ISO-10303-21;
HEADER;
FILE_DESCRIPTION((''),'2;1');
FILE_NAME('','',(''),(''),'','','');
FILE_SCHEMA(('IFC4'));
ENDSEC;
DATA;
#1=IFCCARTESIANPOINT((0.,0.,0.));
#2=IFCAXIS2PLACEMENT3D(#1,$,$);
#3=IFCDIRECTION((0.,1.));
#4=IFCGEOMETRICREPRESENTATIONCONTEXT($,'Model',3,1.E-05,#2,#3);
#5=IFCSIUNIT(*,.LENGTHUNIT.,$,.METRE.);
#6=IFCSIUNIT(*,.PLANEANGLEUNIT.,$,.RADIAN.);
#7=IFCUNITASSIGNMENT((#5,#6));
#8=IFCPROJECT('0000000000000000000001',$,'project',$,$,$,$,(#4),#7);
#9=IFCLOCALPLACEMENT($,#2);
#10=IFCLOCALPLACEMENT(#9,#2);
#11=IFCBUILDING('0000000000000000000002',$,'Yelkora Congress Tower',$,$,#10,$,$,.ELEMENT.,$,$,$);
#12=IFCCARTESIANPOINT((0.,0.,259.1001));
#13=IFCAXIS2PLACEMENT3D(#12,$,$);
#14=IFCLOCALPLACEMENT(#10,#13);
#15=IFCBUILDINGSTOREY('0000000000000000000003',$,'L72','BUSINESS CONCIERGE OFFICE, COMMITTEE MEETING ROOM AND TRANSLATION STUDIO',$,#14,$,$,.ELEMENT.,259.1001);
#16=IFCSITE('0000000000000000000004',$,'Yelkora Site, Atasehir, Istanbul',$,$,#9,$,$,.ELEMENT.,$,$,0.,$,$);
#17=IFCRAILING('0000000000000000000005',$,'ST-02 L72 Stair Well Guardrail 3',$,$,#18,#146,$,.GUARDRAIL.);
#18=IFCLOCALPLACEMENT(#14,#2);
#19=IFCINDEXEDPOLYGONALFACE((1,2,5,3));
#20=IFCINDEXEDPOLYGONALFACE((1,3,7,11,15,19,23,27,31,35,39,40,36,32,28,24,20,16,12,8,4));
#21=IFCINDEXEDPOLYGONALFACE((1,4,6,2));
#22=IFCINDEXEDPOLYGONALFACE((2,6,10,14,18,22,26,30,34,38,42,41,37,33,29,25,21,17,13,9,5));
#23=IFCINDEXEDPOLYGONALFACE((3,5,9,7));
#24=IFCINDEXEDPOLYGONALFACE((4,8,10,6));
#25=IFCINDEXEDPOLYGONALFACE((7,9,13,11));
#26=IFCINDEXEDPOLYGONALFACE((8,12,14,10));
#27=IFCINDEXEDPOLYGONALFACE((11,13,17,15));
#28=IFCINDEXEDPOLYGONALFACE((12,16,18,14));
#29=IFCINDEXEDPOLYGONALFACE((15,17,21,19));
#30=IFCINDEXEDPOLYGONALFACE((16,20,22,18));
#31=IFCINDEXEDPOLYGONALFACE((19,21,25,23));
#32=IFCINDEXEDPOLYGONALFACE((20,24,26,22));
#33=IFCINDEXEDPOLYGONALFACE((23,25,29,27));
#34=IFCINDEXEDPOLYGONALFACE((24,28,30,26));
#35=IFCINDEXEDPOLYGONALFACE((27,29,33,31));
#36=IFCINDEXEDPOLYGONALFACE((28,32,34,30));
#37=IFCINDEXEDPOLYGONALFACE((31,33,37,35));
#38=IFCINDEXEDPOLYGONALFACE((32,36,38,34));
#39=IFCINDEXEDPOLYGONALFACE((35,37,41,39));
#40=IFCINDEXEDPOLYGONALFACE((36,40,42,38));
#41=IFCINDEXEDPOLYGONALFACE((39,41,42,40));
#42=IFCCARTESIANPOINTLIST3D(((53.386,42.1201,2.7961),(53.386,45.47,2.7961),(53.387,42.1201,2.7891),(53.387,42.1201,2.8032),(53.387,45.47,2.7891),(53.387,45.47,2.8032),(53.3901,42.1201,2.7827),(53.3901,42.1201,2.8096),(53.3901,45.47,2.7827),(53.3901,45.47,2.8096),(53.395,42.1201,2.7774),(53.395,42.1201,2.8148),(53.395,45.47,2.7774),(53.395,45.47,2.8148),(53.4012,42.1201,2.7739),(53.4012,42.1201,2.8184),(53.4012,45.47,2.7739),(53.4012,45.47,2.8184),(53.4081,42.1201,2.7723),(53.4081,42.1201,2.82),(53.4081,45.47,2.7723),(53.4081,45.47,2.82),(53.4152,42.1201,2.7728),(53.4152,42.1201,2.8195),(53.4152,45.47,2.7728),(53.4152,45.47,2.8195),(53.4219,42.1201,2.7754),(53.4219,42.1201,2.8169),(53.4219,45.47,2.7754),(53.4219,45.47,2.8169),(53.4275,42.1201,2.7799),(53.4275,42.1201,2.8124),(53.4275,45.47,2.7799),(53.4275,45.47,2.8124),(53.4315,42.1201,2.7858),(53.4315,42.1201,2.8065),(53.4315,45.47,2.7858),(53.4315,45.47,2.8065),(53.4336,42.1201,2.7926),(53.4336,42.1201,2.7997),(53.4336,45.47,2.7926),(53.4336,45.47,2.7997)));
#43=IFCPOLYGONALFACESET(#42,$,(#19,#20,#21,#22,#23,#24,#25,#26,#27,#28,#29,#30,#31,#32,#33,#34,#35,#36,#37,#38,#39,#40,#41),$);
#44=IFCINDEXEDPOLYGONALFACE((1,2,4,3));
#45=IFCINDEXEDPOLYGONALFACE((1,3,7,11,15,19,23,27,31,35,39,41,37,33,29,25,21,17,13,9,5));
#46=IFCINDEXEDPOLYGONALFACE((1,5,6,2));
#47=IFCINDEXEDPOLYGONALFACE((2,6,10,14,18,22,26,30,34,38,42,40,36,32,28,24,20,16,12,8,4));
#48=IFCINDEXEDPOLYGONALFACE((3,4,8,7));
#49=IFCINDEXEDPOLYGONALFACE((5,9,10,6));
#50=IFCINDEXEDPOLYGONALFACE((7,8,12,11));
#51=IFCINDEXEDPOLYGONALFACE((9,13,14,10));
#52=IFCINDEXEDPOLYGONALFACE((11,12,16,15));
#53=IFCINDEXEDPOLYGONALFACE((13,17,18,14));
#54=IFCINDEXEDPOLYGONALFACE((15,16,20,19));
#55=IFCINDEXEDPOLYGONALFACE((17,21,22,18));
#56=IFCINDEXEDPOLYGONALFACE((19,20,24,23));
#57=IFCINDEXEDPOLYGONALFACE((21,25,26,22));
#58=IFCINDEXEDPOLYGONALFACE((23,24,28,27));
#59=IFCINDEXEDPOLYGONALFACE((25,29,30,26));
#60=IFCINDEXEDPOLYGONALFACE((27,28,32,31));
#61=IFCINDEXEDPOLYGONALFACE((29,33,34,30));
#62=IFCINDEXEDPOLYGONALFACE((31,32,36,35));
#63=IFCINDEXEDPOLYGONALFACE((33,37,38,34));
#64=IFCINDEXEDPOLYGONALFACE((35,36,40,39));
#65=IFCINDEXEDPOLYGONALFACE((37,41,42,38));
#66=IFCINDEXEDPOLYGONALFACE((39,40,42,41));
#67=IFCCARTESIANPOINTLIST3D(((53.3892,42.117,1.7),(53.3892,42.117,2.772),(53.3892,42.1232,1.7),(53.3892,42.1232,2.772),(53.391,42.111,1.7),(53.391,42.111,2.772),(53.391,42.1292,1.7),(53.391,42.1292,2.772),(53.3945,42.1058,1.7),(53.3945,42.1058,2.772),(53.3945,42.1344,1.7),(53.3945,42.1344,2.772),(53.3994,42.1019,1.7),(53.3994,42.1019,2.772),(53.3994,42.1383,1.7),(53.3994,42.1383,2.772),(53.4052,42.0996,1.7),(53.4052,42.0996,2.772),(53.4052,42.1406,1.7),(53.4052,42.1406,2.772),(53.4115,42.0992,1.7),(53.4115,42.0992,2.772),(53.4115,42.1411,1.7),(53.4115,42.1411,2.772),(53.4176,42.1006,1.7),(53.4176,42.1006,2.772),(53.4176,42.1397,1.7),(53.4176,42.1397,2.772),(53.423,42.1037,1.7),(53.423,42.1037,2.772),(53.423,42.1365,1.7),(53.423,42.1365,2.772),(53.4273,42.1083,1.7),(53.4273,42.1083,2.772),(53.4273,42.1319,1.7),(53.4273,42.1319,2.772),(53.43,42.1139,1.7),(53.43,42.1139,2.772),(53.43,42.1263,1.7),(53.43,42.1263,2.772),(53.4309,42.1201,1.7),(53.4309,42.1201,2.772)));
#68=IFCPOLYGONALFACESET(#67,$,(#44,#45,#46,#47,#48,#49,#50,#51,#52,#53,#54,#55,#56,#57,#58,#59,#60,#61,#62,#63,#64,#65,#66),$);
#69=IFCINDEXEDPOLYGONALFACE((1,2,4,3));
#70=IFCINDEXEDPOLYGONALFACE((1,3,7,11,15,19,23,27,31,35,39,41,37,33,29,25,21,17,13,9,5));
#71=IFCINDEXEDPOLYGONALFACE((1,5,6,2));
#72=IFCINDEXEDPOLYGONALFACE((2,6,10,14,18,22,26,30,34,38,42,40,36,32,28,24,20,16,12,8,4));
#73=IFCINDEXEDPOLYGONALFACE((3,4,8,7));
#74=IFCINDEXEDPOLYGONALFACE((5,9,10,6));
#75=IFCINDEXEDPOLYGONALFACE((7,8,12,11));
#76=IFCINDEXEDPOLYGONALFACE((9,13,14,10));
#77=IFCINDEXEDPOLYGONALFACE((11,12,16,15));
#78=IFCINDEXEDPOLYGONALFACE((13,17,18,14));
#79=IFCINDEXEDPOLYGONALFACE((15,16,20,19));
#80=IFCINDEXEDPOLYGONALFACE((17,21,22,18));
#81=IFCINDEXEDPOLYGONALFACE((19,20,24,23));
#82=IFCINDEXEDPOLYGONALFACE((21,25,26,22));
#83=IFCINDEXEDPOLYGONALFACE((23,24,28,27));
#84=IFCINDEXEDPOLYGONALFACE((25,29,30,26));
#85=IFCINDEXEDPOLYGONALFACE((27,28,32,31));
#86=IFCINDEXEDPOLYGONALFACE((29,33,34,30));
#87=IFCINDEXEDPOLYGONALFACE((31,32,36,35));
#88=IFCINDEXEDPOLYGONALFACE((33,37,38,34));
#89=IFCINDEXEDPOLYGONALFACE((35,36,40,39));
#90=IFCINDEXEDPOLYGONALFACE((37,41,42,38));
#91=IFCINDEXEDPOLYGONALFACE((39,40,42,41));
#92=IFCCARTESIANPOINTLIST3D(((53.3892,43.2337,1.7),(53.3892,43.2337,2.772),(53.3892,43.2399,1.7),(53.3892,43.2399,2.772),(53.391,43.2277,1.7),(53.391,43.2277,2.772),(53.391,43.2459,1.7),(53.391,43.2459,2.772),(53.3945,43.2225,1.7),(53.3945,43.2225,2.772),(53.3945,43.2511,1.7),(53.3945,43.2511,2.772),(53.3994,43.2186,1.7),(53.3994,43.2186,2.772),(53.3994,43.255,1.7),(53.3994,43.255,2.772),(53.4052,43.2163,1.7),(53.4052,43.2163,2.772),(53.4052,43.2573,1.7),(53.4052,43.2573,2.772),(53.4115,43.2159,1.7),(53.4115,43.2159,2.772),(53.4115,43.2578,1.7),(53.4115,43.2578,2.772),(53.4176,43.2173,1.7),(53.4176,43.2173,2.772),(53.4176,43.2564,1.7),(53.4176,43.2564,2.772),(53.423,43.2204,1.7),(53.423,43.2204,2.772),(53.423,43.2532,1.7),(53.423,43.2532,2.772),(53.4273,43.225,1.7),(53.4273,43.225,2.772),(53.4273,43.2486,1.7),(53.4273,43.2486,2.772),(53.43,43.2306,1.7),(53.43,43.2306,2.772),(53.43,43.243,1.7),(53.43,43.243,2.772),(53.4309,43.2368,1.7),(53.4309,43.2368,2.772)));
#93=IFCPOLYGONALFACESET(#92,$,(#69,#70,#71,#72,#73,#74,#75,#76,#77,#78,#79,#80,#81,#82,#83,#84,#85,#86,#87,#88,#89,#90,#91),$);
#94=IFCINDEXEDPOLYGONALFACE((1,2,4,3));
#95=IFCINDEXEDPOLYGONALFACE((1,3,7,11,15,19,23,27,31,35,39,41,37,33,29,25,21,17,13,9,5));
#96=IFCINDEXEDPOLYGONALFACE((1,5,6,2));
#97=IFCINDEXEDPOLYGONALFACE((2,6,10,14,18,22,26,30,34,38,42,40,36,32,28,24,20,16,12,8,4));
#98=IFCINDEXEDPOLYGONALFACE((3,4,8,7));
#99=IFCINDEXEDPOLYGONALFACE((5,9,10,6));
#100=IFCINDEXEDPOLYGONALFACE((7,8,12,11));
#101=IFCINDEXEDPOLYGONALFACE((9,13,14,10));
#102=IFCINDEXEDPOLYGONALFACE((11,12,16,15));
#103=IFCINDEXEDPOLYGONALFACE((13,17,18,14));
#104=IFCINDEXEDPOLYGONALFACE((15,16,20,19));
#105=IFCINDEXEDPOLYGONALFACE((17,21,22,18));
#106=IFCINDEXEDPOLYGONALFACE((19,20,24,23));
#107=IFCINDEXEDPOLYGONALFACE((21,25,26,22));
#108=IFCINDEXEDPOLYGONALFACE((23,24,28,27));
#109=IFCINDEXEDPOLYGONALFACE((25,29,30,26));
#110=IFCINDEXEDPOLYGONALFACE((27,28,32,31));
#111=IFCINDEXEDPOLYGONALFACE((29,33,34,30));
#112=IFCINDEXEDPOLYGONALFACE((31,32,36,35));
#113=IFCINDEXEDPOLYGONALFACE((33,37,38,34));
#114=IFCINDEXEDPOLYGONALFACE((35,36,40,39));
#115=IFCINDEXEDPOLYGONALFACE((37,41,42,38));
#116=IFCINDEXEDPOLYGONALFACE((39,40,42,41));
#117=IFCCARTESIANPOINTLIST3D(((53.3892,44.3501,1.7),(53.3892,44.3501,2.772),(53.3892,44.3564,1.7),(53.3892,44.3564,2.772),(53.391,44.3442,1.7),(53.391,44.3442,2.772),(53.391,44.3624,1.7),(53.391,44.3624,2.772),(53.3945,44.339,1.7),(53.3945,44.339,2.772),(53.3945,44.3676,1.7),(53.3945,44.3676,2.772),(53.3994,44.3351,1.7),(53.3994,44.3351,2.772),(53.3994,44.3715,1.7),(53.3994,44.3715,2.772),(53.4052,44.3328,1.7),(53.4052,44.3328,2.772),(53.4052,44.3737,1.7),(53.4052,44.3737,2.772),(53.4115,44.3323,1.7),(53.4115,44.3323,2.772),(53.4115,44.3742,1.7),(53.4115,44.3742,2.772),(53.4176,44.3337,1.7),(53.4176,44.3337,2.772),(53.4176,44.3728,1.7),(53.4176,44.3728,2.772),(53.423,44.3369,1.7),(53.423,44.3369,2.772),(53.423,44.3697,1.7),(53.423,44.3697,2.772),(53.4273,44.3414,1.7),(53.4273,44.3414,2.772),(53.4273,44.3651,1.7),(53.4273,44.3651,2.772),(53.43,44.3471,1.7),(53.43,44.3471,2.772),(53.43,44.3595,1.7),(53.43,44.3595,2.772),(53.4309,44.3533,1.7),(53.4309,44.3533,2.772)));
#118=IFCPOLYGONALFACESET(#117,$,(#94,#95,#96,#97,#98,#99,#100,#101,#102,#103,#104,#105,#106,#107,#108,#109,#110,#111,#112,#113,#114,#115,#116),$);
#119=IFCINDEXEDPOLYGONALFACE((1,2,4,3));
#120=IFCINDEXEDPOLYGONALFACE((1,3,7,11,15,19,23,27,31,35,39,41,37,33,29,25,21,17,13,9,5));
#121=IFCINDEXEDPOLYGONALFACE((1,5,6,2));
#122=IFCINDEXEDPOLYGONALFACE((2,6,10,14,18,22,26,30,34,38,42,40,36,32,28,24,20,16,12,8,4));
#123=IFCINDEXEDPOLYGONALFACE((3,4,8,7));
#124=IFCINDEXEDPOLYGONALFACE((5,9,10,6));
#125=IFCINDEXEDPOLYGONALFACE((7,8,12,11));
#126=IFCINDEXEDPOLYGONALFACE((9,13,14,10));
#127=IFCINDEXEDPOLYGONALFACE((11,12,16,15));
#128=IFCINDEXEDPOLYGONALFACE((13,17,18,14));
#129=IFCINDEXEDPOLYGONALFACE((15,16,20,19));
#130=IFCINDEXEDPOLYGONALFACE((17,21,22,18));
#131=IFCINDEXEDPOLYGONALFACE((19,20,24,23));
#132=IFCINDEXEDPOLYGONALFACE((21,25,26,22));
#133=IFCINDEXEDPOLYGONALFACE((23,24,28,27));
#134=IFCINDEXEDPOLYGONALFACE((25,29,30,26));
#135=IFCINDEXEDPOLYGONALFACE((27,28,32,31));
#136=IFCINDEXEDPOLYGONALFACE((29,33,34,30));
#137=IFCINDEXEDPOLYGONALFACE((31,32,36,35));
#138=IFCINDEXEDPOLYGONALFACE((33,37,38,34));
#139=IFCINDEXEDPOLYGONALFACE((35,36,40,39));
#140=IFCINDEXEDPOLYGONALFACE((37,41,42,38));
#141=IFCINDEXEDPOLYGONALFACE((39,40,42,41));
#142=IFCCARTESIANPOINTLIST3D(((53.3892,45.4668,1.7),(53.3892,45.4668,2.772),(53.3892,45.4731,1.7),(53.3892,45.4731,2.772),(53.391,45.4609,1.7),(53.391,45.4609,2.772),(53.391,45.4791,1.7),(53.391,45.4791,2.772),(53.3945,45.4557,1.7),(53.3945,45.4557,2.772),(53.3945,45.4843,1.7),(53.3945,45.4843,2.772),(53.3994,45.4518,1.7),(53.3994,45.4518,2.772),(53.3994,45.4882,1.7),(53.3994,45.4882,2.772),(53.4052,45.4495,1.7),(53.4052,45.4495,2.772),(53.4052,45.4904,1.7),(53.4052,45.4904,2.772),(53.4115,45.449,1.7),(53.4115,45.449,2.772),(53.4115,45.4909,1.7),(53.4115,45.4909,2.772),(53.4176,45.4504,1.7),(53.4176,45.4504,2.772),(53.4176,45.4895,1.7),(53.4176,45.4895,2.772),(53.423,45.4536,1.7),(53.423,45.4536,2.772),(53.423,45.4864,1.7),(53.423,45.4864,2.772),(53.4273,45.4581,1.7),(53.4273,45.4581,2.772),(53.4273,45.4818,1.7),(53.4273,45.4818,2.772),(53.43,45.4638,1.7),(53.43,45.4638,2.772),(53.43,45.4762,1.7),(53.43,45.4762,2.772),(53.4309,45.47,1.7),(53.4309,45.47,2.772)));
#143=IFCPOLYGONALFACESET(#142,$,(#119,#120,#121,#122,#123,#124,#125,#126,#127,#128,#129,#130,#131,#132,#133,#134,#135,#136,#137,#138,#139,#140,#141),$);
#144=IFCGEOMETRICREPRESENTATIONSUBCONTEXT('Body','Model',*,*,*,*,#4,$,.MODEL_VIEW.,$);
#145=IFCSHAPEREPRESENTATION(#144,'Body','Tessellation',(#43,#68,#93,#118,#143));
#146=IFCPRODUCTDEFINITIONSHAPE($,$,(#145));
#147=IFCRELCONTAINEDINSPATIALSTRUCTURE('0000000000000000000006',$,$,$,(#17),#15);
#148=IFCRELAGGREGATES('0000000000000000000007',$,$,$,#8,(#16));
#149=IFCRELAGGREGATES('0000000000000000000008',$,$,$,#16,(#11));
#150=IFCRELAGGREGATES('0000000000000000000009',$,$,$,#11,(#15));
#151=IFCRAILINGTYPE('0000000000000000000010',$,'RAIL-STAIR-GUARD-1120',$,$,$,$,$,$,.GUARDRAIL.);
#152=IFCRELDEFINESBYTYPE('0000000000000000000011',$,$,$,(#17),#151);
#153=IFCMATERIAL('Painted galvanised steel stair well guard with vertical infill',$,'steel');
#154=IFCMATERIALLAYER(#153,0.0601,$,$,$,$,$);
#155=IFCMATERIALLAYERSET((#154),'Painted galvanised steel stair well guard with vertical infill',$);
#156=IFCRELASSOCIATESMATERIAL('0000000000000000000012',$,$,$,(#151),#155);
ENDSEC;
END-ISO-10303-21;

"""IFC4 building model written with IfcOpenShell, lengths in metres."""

from ifc_helpers import new_model, si_unit, direction, frame, origin, origin_2d, place, context, subcontext, project, spatial, circle, extrude, material, layer, layer_set, type_object, element, save


model = new_model("IFC4")

# Units and contexts
model_context = context("Model", 3, precision=1e-05, world=origin(), true_north=direction((0.0, 1.0)))
body_context = subcontext(model_context, "Body", "Model", "MODEL_VIEW")
ifc_project = project(units=[si_unit("LENGTHUNIT", "METRE"), si_unit("PLANEANGLEUNIT", "RADIAN")], contexts=[model_context])

# Site, building, storey
site_placement = place(None, origin())
site = spatial("IfcSite", under=ifc_project, at=site_placement, Name="Yelkora Site, Atasehir, Istanbul", CompositionType="ELEMENT", RefElevation=0.0)
building_placement = place(site_placement, origin())
building = spatial("IfcBuilding", under=site, at=building_placement, Name="Yelkora Congress Tower", CompositionType="ELEMENT")
storey_placement = place(building_placement, frame((0.0, 0.0, 259.1001)))
storey = spatial("IfcBuildingStorey", under=building, at=storey_placement, Name="L72", Description="BUSINESS CONCIERGE OFFICE, COMMITTEE MEETING ROOM AND TRANSLATION STUDIO", CompositionType="ELEMENT", Elevation=259.1001)

# Railing
ifc_material_1 = material(Name="Painted galvanised steel stair well guard with vertical infill", Category="steel")
ifc_layer_1 = layer(ifc_material_1, 0.0601)
ifc_layer_set_1 = layer_set([ifc_layer_1], Name="Painted galvanised steel stair well guard with vertical infill")
railing_type_1 = type_object("IfcRailingType", Name="RAIL-STAIR-GUARD-1120", PredefinedType="GUARDRAIL", material=ifc_layer_set_1)
for number, where, name in (
    (1, (53.4099, 42.1201, 1.7), "ST-02 L72 Stair Well Guardrail 3"),
):
    element("IfcRailing", number, at=place(storey_placement, frame(where)), inside=storey, type_object=railing_type_1, Name=name, PredefinedType="GUARDRAIL", context=body_context, shape_type="SweptSolid", body=[
        extrude(circle(Radius=0.0239, at=origin_2d()), frame((0.0, 0.0, 1.0962), z_axis=(0.0, 1.0, 0.0), x_axis=(-1.0, 0.0, 0.0)), (0.0, 0.0, 1.0), 3.3499),
        extrude(circle(Radius=0.021, at=origin_2d()), origin(), (0.0, 0.0, 1.0), 1.072),
        extrude(circle(Radius=0.021, at=origin_2d()), frame((0.0, 1.1167, 0.0)), (0.0, 0.0, 1.0), 1.072),
        extrude(circle(Radius=0.021, at=origin_2d()), frame((0.0, 2.2332, 0.0)), (0.0, 0.0, 1.0), 1.072),
        extrude(circle(Radius=0.021, at=origin_2d()), frame((0.0, 3.3499, 0.0)), (0.0, 0.0, 1.0), 1.072),
    ])

save(model, "model.ifc")
